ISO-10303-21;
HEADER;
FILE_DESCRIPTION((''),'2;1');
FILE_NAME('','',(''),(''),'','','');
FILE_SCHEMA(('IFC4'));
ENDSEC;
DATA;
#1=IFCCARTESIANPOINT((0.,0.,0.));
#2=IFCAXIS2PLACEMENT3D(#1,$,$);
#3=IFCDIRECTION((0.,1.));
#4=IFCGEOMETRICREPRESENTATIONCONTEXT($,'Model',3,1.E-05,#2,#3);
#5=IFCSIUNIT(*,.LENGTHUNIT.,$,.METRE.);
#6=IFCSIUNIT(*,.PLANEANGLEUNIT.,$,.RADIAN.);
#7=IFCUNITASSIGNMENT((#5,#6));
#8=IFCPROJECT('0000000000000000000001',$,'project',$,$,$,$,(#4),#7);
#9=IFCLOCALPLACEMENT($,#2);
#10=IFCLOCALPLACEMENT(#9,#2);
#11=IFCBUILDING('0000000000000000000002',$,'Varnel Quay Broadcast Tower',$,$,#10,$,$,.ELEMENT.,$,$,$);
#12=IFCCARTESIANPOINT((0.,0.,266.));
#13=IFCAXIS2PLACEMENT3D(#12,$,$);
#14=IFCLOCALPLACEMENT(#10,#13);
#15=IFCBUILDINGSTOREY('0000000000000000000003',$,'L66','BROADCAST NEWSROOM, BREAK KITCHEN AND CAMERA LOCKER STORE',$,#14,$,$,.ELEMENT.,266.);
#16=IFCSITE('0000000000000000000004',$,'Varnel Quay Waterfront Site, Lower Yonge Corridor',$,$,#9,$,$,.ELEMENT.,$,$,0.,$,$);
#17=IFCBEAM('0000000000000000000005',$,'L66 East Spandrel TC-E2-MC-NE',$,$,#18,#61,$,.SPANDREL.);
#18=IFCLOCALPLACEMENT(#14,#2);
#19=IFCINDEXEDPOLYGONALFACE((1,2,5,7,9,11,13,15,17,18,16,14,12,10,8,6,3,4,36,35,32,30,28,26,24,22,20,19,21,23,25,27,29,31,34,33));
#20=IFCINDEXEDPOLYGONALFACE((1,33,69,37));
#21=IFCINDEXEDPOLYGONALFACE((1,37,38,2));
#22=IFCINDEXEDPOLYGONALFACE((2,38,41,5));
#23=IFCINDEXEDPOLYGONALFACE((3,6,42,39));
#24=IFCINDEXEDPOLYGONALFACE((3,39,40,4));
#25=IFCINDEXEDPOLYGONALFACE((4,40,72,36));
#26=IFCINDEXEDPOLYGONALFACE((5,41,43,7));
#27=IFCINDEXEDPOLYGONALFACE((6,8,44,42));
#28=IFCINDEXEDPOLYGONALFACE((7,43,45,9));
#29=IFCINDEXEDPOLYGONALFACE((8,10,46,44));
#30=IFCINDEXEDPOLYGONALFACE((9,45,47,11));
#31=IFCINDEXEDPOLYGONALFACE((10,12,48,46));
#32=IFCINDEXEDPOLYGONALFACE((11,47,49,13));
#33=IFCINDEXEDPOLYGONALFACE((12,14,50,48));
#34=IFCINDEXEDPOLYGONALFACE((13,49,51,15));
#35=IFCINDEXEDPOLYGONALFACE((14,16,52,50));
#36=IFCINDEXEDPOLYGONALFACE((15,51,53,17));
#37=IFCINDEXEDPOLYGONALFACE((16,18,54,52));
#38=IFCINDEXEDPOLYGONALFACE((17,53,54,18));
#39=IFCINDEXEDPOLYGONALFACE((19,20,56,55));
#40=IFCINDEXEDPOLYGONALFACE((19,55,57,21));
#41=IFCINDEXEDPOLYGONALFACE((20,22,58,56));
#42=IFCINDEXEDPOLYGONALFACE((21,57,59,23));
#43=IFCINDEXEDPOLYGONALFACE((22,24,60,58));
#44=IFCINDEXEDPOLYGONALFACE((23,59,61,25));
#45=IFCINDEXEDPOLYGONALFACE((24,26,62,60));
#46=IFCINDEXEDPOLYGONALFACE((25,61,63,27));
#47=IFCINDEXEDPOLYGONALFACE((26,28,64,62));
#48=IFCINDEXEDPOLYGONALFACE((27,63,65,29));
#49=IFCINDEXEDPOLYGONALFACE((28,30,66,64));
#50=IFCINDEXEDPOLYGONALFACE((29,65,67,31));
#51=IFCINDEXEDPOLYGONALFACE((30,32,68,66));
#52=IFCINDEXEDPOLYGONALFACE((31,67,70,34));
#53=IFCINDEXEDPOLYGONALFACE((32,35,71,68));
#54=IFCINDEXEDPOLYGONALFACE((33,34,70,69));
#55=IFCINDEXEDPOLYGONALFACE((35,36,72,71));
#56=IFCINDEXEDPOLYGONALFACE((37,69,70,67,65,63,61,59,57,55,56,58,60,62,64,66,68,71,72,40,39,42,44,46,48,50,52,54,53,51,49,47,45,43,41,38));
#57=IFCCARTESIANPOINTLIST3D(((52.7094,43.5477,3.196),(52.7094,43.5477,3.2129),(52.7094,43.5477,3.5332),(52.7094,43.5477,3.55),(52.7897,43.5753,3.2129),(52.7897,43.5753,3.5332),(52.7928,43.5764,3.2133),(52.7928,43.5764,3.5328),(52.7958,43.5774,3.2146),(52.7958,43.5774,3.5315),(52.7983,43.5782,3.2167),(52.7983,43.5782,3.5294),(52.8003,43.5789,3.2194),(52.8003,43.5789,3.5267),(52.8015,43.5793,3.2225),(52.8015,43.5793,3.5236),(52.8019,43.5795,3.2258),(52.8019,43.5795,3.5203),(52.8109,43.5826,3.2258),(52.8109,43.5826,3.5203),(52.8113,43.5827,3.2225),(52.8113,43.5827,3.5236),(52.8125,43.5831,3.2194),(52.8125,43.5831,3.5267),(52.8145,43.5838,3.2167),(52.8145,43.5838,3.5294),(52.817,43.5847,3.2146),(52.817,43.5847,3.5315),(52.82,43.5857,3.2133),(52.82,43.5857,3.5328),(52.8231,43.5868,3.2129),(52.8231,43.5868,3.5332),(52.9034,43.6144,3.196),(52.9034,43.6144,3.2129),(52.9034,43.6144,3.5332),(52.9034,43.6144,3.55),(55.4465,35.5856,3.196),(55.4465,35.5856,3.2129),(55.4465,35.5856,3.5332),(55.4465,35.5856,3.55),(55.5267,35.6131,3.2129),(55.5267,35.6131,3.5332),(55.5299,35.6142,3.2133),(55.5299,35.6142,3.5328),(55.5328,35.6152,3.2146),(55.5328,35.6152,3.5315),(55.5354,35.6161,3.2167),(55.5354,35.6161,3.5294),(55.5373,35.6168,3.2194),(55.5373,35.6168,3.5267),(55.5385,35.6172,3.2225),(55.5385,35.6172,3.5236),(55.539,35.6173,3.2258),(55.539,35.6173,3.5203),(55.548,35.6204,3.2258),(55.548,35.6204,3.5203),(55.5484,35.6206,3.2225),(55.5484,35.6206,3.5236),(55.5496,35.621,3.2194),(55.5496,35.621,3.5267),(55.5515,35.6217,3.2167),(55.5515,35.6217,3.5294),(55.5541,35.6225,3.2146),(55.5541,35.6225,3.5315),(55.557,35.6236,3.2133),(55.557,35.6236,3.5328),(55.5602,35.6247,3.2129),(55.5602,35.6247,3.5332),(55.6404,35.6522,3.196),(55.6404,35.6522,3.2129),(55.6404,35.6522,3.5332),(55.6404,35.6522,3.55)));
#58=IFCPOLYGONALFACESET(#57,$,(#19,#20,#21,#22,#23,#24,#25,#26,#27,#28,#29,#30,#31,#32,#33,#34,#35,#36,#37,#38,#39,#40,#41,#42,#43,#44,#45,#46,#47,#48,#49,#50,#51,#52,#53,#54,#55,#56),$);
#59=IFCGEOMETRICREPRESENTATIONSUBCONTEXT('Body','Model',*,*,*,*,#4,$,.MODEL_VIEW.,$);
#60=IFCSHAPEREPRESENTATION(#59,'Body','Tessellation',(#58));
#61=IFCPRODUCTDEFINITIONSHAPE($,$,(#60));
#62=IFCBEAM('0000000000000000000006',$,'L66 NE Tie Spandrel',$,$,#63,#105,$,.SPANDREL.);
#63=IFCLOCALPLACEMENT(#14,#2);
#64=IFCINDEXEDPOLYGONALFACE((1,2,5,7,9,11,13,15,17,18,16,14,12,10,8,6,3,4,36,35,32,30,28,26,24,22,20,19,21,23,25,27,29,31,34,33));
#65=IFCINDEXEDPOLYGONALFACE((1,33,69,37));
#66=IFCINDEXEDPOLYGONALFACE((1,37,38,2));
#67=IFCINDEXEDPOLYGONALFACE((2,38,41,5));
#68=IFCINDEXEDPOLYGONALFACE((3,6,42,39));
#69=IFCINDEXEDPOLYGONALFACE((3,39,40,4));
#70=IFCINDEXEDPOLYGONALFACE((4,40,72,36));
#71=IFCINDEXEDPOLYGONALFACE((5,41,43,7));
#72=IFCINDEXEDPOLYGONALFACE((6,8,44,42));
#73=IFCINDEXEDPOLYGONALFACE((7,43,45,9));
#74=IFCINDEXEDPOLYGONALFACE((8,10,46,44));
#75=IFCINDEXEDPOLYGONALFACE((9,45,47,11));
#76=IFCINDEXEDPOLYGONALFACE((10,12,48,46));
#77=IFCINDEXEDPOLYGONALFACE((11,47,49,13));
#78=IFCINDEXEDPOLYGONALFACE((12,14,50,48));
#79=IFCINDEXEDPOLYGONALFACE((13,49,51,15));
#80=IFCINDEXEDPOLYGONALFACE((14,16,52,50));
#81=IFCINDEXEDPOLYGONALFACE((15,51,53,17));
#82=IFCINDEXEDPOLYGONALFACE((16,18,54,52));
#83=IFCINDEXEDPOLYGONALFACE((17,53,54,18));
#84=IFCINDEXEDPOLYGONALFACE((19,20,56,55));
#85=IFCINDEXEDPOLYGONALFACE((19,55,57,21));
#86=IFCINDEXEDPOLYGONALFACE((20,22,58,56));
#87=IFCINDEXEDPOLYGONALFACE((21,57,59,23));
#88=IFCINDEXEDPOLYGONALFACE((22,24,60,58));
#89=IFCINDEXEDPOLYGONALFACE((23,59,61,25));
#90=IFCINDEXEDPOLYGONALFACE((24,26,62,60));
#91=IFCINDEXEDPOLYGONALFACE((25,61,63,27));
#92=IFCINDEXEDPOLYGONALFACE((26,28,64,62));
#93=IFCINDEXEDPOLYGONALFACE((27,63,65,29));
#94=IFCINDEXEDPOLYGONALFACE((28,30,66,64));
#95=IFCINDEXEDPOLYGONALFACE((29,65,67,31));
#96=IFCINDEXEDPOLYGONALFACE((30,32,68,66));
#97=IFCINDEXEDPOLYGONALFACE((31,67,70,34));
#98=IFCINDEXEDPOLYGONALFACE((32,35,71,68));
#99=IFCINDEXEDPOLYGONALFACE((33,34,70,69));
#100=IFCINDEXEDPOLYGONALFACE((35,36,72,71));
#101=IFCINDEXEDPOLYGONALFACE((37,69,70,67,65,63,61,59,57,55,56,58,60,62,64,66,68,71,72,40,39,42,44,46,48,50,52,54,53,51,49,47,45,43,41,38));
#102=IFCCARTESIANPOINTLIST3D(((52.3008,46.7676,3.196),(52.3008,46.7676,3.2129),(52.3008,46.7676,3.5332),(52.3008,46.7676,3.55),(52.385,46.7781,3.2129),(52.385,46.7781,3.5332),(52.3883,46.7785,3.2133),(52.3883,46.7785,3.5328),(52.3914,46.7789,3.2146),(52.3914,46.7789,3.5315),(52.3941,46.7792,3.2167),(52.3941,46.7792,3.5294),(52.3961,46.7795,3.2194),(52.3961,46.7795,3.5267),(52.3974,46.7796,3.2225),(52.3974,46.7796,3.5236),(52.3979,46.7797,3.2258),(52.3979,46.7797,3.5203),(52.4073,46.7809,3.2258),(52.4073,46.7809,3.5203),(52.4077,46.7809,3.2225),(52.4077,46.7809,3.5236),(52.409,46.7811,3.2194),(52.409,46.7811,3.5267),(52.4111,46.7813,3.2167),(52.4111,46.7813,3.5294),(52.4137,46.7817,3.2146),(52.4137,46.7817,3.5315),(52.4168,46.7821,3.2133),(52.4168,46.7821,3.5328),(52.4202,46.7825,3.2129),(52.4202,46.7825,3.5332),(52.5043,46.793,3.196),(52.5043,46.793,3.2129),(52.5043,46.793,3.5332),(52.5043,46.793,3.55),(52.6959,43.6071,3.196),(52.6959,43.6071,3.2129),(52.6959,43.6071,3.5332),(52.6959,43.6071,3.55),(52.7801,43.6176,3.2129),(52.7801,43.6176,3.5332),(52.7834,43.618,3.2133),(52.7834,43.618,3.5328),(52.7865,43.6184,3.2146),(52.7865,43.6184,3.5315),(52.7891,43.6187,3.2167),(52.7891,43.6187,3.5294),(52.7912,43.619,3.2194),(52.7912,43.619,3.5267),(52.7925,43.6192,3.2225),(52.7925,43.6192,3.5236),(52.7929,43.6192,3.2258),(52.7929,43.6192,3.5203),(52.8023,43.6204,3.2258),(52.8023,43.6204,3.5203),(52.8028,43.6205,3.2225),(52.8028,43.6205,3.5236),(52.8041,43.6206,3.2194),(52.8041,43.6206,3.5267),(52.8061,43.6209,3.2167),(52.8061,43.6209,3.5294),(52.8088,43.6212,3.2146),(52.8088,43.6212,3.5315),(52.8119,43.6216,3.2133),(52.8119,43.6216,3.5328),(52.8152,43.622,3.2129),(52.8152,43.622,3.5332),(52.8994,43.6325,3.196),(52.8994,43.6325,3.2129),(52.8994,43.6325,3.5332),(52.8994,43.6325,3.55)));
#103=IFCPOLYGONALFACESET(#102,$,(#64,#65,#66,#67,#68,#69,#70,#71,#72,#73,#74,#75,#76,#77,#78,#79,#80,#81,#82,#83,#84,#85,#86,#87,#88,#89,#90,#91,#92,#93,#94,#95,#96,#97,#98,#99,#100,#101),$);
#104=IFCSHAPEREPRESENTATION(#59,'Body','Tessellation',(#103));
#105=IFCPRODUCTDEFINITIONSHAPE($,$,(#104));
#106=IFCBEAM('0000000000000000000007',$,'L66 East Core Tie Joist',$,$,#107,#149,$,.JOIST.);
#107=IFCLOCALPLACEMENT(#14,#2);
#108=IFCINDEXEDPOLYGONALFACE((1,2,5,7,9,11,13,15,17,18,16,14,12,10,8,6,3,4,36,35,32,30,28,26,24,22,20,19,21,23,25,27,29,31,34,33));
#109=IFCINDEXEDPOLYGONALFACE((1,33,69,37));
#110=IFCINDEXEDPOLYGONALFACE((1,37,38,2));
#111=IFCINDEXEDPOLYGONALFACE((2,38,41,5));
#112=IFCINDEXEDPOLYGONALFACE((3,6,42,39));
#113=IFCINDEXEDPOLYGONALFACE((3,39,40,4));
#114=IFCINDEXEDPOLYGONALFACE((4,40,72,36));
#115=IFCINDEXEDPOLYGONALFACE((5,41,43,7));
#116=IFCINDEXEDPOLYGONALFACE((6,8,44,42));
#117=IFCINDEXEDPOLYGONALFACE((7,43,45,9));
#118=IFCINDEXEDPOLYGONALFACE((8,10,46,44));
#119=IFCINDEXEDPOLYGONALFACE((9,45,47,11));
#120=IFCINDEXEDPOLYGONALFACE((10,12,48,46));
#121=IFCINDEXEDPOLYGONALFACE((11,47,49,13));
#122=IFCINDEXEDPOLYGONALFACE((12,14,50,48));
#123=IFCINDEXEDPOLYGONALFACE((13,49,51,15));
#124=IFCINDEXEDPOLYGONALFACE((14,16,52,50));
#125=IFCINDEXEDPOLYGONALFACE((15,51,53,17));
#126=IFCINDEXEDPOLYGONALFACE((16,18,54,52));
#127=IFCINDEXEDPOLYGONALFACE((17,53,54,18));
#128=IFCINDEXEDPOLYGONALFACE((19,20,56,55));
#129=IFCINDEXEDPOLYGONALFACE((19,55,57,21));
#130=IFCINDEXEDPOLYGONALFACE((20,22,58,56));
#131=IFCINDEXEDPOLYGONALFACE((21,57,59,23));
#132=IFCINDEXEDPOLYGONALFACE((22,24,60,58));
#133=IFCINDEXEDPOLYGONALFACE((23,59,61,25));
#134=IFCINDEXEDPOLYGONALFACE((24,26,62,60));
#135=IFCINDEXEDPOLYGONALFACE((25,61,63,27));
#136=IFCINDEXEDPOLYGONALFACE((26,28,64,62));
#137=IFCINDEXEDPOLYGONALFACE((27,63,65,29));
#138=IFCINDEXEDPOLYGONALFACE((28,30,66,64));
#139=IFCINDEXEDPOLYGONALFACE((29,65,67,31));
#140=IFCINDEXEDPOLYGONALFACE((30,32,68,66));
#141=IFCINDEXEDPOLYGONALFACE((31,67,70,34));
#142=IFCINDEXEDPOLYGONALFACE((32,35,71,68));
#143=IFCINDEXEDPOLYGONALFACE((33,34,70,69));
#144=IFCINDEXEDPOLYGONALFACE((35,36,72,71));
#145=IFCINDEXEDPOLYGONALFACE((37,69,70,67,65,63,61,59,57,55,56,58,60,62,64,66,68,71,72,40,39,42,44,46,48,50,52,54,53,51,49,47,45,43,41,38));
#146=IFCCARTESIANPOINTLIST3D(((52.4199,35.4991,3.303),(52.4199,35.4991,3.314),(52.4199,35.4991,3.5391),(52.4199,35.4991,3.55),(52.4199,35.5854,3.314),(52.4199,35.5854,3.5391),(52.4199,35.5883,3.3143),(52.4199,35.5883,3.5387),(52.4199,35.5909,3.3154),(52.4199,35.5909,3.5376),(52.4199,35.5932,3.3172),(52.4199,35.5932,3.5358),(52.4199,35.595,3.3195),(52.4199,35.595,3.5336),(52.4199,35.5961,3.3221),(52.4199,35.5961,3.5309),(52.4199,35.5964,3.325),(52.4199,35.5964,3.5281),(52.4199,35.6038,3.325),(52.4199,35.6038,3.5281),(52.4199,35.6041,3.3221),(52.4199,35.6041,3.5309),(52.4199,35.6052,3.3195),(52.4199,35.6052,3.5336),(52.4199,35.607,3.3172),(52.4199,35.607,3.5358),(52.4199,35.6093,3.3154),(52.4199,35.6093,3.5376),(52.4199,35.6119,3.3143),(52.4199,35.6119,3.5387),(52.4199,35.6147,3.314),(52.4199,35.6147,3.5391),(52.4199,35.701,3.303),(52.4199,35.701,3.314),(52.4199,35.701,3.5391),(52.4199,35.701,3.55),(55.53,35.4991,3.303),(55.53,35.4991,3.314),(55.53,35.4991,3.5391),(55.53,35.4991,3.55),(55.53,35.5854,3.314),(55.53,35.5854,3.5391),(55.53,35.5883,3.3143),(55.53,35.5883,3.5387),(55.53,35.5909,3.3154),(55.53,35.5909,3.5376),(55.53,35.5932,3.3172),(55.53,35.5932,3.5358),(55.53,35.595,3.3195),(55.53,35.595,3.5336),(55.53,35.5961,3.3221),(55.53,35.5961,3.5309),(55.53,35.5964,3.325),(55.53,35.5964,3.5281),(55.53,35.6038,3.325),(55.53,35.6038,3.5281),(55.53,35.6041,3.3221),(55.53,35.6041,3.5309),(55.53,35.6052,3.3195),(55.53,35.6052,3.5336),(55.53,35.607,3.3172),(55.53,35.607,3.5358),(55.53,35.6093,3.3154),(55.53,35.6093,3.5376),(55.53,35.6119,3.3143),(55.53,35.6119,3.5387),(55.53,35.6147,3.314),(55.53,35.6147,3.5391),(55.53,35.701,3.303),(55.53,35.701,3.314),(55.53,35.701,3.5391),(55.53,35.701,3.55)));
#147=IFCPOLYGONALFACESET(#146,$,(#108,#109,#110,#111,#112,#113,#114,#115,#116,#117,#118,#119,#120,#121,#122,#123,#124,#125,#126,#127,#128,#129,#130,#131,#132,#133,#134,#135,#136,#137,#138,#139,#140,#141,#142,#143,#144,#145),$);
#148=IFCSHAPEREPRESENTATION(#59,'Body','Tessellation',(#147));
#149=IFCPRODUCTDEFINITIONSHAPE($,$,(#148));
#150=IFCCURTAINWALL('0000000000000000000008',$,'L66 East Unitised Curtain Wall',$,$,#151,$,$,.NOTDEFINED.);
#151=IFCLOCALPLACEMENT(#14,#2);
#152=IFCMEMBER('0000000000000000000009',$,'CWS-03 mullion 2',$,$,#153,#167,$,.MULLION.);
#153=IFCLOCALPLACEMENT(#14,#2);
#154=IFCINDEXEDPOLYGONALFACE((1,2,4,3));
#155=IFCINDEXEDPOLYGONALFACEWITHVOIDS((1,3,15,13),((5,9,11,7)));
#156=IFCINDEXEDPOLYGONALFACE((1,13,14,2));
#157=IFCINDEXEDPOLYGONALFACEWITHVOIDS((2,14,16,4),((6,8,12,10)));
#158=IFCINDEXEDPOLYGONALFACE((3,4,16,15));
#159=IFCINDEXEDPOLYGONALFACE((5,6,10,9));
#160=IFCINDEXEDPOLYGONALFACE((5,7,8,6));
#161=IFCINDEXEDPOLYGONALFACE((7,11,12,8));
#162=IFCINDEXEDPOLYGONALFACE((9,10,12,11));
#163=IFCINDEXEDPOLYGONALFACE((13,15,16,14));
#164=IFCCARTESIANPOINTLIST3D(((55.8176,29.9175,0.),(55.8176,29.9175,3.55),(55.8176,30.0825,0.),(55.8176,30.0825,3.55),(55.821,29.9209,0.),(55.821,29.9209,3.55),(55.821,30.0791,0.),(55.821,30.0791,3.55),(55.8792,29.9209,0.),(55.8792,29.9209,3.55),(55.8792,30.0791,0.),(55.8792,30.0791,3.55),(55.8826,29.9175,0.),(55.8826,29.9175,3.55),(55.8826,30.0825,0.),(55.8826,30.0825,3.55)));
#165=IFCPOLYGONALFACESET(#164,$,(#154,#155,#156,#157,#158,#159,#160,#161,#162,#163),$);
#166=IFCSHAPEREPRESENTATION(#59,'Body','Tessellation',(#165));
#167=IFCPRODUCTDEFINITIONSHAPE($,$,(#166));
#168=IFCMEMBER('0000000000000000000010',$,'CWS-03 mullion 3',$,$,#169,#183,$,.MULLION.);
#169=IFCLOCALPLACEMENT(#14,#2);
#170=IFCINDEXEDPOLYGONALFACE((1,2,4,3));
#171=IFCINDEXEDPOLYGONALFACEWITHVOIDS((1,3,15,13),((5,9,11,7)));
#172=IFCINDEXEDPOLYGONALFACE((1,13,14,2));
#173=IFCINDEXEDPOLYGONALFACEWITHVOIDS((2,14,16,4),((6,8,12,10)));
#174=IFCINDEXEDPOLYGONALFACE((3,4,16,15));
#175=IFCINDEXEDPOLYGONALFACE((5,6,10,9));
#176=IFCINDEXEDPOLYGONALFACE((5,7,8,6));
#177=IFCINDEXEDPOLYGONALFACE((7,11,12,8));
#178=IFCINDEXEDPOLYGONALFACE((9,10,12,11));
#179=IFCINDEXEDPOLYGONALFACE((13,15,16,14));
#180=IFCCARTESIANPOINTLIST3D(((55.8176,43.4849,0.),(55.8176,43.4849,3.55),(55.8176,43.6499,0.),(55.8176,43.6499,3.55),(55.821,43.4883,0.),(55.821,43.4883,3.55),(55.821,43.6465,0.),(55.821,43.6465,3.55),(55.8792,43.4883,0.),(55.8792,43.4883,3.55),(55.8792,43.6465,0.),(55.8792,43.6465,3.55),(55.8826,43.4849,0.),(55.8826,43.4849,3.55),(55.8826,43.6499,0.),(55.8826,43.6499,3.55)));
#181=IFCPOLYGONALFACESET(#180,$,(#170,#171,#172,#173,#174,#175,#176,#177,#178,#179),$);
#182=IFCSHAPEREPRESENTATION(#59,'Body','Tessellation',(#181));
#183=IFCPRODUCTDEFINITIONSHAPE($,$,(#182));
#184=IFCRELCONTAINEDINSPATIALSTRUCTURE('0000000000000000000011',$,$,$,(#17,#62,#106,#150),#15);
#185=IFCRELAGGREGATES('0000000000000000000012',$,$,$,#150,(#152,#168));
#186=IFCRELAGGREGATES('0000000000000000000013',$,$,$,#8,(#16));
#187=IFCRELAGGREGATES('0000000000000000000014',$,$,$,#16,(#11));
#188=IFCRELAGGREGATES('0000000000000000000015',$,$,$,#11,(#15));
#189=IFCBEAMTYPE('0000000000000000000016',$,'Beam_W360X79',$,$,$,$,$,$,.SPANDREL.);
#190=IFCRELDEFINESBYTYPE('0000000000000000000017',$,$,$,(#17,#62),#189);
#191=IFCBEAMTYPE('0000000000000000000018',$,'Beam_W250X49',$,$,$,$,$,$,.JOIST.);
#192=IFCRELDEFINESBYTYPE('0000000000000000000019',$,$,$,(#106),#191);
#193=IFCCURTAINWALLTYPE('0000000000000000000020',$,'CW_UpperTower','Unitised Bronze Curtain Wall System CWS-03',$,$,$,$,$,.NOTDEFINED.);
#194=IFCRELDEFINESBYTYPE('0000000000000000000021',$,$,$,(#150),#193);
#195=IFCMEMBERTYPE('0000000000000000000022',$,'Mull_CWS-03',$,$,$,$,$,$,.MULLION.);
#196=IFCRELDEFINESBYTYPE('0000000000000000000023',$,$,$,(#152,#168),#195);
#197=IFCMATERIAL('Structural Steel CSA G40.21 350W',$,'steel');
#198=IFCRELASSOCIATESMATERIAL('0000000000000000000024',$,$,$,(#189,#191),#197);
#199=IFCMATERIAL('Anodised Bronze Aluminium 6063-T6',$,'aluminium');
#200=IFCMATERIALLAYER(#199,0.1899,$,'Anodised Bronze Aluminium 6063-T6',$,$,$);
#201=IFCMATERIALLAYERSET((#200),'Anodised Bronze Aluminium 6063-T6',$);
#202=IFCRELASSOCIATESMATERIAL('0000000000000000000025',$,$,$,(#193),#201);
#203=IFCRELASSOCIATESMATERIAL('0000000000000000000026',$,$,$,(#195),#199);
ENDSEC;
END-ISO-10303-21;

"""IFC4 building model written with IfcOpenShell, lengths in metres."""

from ifc_helpers import new_model, si_unit, direction, frame, origin, origin_2d, place, context, subcontext, project, spatial, hollow_rectangle, i_section, extrude, source, transform, mapped, material, layer, layer_set, material_profile, profile_set, type_object, type_shapes, element, aggregate, save


model = new_model("IFC4")

# Units and contexts
model_context = context("Model", 3, precision=1e-05, world=origin(), true_north=direction((0.0, 1.0)))
body_context = subcontext(model_context, "Body", "Model", "MODEL_VIEW")
ifc_project = project(units=[si_unit("LENGTHUNIT", "METRE"), si_unit("PLANEANGLEUNIT", "RADIAN")], contexts=[model_context])

# Site, building, storey
site_placement = place(None, origin())
site = spatial("IfcSite", under=ifc_project, at=site_placement, Name="Varnel Quay Waterfront Site, Lower Yonge Corridor", CompositionType="ELEMENT", RefElevation=0.0)
building_placement = place(site_placement, origin())
building = spatial("IfcBuilding", under=site, at=building_placement, Name="Varnel Quay Broadcast Tower", CompositionType="ELEMENT")
storey_placement = place(building_placement, frame((0.0, 0.0, 266.0)))
storey = spatial("IfcBuildingStorey", under=building, at=storey_placement, Name="L66", Description="BROADCAST NEWSROOM, BREAK KITCHEN AND CAMERA LOCKER STORE", CompositionType="ELEMENT", Elevation=266.0)

# Shared definitions
ifc_material_1 = material(Name="Structural Steel CSA G40.21 350W", Category="steel")

# Beams
ifc_material_profile_1 = material_profile(ifc_material_1, i_section(OverallWidth=0.2051, OverallDepth=0.354, WebThickness=0.0095, FlangeThickness=0.0168, FilletRadius=0.0129, at=origin_2d()), Name="W360X79")
ifc_profile_set_1 = profile_set([ifc_material_profile_1], Name="Structural Steel CSA G40.21 350W")
beam_type_1 = type_object("IfcBeamType", Name="Beam_W360X79", PredefinedType="SPANDREL", material=ifc_profile_set_1)
shared_shape_1 = source(origin(), body_context, "Body", "SweptSolid", [
    extrude(i_section(OverallWidth=0.2051, OverallDepth=0.354, WebThickness=0.0095, FlangeThickness=0.0168, FilletRadius=0.0129, at=origin_2d()), origin(), (0.0, 0.0, 1.0), 8.4194),
])
beam_1_placement = place(storey_placement, frame((55.5435, 35.6189, 3.373), z_axis=(-0.325087, 0.945684, 0.0), x_axis=(-0.945684, -0.325087, 0.0)))
element("IfcBeam", 1, at=beam_1_placement, inside=storey, type_object=beam_type_1, Name="L66 East Spandrel TC-E2-MC-NE", PredefinedType="SPANDREL", context=body_context, shape_type="MappedRepresentation", body=[
    mapped(shared_shape_1, transform((0.0, 0.0, 0.0), x_axis=(1.0, 0.0, 0.0), y_axis=(0.0, 1.0, 0.0), z_axis=(0.0, 0.0, 1.0), scale=1.0)),
])
shared_shape_2 = source(origin(), body_context, "Body", "SweptSolid", [
    extrude(i_section(OverallWidth=0.2051, OverallDepth=0.354, WebThickness=0.0095, FlangeThickness=0.0168, FilletRadius=0.0129, at=origin_2d()), origin(), (0.0, 0.0, 1.0), 3.1851),
])
type_shapes(beam_type_1, [shared_shape_1, shared_shape_2])
beam_2_placement = place(storey_placement, frame((52.4026, 46.7803, 3.373), z_axis=(0.124025, -0.992279, 0.0), x_axis=(0.992279, 0.124025, 0.0)))
element("IfcBeam", 2, at=beam_2_placement, inside=storey, type_object=beam_type_1, Name="L66 NE Tie Spandrel", PredefinedType="SPANDREL", context=body_context, shape_type="MappedRepresentation", body=[
    mapped(shared_shape_2, transform((0.0, 0.0, 0.0), x_axis=(1.0, 0.0, 0.0), y_axis=(0.0, 1.0, 0.0), z_axis=(0.0, 0.0, 1.0), scale=1.0)),
])
ifc_material_profile_2 = material_profile(ifc_material_1, i_section(OverallWidth=0.2019, OverallDepth=0.2471, WebThickness=0.0073, FlangeThickness=0.011, FilletRadius=0.011, at=origin_2d()), Name="W250X49")
ifc_profile_set_2 = profile_set([ifc_material_profile_2], Name="Structural Steel CSA G40.21 350W")
beam_type_2 = type_object("IfcBeamType", Name="Beam_W250X49", PredefinedType="JOIST", material=ifc_profile_set_2)
shared_shape_3 = source(origin(), body_context, "Body", "SweptSolid", [
    extrude(i_section(OverallWidth=0.2019, OverallDepth=0.2471, WebThickness=0.0073, FlangeThickness=0.011, FilletRadius=0.011, at=origin_2d()), origin(), (0.0, 0.0, 1.0), 3.1101),
])
type_shapes(beam_type_2, [shared_shape_3])
beam_3_placement = place(storey_placement, frame((52.4199, 35.6001, 3.4265), z_axis=(1.0, 0.0, 0.0), x_axis=(0.0, 1.0, 0.0)))
element("IfcBeam", 3, at=beam_3_placement, inside=storey, type_object=beam_type_2, Name="L66 East Core Tie Joist", PredefinedType="JOIST", context=body_context, shape_type="MappedRepresentation", body=[
    mapped(shared_shape_3, transform((0.0, 0.0, 0.0), x_axis=(1.0, 0.0, 0.0), y_axis=(0.0, 1.0, 0.0), z_axis=(0.0, 0.0, 1.0), scale=1.0)),
])

# Curtain wall, members
ifc_material_2 = material(Name="Anodised Bronze Aluminium 6063-T6", Category="aluminium")
ifc_layer_1 = layer(ifc_material_2, 0.1899, Name="Anodised Bronze Aluminium 6063-T6")
ifc_layer_set_1 = layer_set([ifc_layer_1], Name="Anodised Bronze Aluminium 6063-T6")
curtain_wall_type = type_object("IfcCurtainWallType", Name="CW_UpperTower", Description="Unitised Bronze Curtain Wall System CWS-03", PredefinedType="NOTDEFINED", material=ifc_layer_set_1)
curtain_wall_placement = place(storey_placement, origin())
curtain_wall = element("IfcCurtainWall", 4, at=curtain_wall_placement, inside=storey, type_object=curtain_wall_type, Name="L66 East Unitised Curtain Wall", PredefinedType="NOTDEFINED")
ifc_material_profile_3 = material_profile(ifc_material_2, hollow_rectangle(XDim=0.0649, YDim=0.165, WallThickness=0.0034, at=origin_2d()), Name="ALU65X165X3.5")
ifc_profile_set_3 = profile_set([ifc_material_profile_3], Name="Anodised Bronze Aluminium 6063-T6")
member_type_1 = type_object("IfcMemberType", Name="Mull_CWS-03", PredefinedType="MULLION", material=ifc_profile_set_3)
shared_shape_4 = source(origin(), body_context, "Body", "SweptSolid", [
    extrude(hollow_rectangle(XDim=0.0649, YDim=0.165, WallThickness=0.0034, at=origin_2d()), origin(), (0.0, 0.0, 1.0), 3.55),
])
type_shapes(member_type_1, [shared_shape_4])
member_1_placement = place(storey_placement, frame((55.8501, 30.0, 0.0), z_axis=(0.0, 0.0, 1.0), x_axis=(-1.0, 0.0, 0.0)))
member_1 = element("IfcMember", 5, at=member_1_placement, type_object=member_type_1, Name="CWS-03 mullion 2", PredefinedType="MULLION", context=body_context, shape_type="MappedRepresentation", body=[
    mapped(shared_shape_4, transform((0.0, 0.0, 0.0), x_axis=(1.0, 0.0, 0.0), y_axis=(0.0, 1.0, 0.0), z_axis=(0.0, 0.0, 1.0), scale=1.0)),
])
member_2_placement = place(storey_placement, frame((55.8501, 43.5674, 0.0), z_axis=(0.0, 0.0, 1.0), x_axis=(-1.0, 0.0, 0.0)))
member_2 = element("IfcMember", 6, at=member_2_placement, type_object=member_type_1, Name="CWS-03 mullion 3", PredefinedType="MULLION", context=body_context, shape_type="MappedRepresentation", body=[
    mapped(shared_shape_4, transform((0.0, 0.0, 0.0), x_axis=(1.0, 0.0, 0.0), y_axis=(0.0, 1.0, 0.0), z_axis=(0.0, 0.0, 1.0), scale=1.0)),
])

aggregate(curtain_wall, [member_1, member_2])

save(model, "model.ifc")
